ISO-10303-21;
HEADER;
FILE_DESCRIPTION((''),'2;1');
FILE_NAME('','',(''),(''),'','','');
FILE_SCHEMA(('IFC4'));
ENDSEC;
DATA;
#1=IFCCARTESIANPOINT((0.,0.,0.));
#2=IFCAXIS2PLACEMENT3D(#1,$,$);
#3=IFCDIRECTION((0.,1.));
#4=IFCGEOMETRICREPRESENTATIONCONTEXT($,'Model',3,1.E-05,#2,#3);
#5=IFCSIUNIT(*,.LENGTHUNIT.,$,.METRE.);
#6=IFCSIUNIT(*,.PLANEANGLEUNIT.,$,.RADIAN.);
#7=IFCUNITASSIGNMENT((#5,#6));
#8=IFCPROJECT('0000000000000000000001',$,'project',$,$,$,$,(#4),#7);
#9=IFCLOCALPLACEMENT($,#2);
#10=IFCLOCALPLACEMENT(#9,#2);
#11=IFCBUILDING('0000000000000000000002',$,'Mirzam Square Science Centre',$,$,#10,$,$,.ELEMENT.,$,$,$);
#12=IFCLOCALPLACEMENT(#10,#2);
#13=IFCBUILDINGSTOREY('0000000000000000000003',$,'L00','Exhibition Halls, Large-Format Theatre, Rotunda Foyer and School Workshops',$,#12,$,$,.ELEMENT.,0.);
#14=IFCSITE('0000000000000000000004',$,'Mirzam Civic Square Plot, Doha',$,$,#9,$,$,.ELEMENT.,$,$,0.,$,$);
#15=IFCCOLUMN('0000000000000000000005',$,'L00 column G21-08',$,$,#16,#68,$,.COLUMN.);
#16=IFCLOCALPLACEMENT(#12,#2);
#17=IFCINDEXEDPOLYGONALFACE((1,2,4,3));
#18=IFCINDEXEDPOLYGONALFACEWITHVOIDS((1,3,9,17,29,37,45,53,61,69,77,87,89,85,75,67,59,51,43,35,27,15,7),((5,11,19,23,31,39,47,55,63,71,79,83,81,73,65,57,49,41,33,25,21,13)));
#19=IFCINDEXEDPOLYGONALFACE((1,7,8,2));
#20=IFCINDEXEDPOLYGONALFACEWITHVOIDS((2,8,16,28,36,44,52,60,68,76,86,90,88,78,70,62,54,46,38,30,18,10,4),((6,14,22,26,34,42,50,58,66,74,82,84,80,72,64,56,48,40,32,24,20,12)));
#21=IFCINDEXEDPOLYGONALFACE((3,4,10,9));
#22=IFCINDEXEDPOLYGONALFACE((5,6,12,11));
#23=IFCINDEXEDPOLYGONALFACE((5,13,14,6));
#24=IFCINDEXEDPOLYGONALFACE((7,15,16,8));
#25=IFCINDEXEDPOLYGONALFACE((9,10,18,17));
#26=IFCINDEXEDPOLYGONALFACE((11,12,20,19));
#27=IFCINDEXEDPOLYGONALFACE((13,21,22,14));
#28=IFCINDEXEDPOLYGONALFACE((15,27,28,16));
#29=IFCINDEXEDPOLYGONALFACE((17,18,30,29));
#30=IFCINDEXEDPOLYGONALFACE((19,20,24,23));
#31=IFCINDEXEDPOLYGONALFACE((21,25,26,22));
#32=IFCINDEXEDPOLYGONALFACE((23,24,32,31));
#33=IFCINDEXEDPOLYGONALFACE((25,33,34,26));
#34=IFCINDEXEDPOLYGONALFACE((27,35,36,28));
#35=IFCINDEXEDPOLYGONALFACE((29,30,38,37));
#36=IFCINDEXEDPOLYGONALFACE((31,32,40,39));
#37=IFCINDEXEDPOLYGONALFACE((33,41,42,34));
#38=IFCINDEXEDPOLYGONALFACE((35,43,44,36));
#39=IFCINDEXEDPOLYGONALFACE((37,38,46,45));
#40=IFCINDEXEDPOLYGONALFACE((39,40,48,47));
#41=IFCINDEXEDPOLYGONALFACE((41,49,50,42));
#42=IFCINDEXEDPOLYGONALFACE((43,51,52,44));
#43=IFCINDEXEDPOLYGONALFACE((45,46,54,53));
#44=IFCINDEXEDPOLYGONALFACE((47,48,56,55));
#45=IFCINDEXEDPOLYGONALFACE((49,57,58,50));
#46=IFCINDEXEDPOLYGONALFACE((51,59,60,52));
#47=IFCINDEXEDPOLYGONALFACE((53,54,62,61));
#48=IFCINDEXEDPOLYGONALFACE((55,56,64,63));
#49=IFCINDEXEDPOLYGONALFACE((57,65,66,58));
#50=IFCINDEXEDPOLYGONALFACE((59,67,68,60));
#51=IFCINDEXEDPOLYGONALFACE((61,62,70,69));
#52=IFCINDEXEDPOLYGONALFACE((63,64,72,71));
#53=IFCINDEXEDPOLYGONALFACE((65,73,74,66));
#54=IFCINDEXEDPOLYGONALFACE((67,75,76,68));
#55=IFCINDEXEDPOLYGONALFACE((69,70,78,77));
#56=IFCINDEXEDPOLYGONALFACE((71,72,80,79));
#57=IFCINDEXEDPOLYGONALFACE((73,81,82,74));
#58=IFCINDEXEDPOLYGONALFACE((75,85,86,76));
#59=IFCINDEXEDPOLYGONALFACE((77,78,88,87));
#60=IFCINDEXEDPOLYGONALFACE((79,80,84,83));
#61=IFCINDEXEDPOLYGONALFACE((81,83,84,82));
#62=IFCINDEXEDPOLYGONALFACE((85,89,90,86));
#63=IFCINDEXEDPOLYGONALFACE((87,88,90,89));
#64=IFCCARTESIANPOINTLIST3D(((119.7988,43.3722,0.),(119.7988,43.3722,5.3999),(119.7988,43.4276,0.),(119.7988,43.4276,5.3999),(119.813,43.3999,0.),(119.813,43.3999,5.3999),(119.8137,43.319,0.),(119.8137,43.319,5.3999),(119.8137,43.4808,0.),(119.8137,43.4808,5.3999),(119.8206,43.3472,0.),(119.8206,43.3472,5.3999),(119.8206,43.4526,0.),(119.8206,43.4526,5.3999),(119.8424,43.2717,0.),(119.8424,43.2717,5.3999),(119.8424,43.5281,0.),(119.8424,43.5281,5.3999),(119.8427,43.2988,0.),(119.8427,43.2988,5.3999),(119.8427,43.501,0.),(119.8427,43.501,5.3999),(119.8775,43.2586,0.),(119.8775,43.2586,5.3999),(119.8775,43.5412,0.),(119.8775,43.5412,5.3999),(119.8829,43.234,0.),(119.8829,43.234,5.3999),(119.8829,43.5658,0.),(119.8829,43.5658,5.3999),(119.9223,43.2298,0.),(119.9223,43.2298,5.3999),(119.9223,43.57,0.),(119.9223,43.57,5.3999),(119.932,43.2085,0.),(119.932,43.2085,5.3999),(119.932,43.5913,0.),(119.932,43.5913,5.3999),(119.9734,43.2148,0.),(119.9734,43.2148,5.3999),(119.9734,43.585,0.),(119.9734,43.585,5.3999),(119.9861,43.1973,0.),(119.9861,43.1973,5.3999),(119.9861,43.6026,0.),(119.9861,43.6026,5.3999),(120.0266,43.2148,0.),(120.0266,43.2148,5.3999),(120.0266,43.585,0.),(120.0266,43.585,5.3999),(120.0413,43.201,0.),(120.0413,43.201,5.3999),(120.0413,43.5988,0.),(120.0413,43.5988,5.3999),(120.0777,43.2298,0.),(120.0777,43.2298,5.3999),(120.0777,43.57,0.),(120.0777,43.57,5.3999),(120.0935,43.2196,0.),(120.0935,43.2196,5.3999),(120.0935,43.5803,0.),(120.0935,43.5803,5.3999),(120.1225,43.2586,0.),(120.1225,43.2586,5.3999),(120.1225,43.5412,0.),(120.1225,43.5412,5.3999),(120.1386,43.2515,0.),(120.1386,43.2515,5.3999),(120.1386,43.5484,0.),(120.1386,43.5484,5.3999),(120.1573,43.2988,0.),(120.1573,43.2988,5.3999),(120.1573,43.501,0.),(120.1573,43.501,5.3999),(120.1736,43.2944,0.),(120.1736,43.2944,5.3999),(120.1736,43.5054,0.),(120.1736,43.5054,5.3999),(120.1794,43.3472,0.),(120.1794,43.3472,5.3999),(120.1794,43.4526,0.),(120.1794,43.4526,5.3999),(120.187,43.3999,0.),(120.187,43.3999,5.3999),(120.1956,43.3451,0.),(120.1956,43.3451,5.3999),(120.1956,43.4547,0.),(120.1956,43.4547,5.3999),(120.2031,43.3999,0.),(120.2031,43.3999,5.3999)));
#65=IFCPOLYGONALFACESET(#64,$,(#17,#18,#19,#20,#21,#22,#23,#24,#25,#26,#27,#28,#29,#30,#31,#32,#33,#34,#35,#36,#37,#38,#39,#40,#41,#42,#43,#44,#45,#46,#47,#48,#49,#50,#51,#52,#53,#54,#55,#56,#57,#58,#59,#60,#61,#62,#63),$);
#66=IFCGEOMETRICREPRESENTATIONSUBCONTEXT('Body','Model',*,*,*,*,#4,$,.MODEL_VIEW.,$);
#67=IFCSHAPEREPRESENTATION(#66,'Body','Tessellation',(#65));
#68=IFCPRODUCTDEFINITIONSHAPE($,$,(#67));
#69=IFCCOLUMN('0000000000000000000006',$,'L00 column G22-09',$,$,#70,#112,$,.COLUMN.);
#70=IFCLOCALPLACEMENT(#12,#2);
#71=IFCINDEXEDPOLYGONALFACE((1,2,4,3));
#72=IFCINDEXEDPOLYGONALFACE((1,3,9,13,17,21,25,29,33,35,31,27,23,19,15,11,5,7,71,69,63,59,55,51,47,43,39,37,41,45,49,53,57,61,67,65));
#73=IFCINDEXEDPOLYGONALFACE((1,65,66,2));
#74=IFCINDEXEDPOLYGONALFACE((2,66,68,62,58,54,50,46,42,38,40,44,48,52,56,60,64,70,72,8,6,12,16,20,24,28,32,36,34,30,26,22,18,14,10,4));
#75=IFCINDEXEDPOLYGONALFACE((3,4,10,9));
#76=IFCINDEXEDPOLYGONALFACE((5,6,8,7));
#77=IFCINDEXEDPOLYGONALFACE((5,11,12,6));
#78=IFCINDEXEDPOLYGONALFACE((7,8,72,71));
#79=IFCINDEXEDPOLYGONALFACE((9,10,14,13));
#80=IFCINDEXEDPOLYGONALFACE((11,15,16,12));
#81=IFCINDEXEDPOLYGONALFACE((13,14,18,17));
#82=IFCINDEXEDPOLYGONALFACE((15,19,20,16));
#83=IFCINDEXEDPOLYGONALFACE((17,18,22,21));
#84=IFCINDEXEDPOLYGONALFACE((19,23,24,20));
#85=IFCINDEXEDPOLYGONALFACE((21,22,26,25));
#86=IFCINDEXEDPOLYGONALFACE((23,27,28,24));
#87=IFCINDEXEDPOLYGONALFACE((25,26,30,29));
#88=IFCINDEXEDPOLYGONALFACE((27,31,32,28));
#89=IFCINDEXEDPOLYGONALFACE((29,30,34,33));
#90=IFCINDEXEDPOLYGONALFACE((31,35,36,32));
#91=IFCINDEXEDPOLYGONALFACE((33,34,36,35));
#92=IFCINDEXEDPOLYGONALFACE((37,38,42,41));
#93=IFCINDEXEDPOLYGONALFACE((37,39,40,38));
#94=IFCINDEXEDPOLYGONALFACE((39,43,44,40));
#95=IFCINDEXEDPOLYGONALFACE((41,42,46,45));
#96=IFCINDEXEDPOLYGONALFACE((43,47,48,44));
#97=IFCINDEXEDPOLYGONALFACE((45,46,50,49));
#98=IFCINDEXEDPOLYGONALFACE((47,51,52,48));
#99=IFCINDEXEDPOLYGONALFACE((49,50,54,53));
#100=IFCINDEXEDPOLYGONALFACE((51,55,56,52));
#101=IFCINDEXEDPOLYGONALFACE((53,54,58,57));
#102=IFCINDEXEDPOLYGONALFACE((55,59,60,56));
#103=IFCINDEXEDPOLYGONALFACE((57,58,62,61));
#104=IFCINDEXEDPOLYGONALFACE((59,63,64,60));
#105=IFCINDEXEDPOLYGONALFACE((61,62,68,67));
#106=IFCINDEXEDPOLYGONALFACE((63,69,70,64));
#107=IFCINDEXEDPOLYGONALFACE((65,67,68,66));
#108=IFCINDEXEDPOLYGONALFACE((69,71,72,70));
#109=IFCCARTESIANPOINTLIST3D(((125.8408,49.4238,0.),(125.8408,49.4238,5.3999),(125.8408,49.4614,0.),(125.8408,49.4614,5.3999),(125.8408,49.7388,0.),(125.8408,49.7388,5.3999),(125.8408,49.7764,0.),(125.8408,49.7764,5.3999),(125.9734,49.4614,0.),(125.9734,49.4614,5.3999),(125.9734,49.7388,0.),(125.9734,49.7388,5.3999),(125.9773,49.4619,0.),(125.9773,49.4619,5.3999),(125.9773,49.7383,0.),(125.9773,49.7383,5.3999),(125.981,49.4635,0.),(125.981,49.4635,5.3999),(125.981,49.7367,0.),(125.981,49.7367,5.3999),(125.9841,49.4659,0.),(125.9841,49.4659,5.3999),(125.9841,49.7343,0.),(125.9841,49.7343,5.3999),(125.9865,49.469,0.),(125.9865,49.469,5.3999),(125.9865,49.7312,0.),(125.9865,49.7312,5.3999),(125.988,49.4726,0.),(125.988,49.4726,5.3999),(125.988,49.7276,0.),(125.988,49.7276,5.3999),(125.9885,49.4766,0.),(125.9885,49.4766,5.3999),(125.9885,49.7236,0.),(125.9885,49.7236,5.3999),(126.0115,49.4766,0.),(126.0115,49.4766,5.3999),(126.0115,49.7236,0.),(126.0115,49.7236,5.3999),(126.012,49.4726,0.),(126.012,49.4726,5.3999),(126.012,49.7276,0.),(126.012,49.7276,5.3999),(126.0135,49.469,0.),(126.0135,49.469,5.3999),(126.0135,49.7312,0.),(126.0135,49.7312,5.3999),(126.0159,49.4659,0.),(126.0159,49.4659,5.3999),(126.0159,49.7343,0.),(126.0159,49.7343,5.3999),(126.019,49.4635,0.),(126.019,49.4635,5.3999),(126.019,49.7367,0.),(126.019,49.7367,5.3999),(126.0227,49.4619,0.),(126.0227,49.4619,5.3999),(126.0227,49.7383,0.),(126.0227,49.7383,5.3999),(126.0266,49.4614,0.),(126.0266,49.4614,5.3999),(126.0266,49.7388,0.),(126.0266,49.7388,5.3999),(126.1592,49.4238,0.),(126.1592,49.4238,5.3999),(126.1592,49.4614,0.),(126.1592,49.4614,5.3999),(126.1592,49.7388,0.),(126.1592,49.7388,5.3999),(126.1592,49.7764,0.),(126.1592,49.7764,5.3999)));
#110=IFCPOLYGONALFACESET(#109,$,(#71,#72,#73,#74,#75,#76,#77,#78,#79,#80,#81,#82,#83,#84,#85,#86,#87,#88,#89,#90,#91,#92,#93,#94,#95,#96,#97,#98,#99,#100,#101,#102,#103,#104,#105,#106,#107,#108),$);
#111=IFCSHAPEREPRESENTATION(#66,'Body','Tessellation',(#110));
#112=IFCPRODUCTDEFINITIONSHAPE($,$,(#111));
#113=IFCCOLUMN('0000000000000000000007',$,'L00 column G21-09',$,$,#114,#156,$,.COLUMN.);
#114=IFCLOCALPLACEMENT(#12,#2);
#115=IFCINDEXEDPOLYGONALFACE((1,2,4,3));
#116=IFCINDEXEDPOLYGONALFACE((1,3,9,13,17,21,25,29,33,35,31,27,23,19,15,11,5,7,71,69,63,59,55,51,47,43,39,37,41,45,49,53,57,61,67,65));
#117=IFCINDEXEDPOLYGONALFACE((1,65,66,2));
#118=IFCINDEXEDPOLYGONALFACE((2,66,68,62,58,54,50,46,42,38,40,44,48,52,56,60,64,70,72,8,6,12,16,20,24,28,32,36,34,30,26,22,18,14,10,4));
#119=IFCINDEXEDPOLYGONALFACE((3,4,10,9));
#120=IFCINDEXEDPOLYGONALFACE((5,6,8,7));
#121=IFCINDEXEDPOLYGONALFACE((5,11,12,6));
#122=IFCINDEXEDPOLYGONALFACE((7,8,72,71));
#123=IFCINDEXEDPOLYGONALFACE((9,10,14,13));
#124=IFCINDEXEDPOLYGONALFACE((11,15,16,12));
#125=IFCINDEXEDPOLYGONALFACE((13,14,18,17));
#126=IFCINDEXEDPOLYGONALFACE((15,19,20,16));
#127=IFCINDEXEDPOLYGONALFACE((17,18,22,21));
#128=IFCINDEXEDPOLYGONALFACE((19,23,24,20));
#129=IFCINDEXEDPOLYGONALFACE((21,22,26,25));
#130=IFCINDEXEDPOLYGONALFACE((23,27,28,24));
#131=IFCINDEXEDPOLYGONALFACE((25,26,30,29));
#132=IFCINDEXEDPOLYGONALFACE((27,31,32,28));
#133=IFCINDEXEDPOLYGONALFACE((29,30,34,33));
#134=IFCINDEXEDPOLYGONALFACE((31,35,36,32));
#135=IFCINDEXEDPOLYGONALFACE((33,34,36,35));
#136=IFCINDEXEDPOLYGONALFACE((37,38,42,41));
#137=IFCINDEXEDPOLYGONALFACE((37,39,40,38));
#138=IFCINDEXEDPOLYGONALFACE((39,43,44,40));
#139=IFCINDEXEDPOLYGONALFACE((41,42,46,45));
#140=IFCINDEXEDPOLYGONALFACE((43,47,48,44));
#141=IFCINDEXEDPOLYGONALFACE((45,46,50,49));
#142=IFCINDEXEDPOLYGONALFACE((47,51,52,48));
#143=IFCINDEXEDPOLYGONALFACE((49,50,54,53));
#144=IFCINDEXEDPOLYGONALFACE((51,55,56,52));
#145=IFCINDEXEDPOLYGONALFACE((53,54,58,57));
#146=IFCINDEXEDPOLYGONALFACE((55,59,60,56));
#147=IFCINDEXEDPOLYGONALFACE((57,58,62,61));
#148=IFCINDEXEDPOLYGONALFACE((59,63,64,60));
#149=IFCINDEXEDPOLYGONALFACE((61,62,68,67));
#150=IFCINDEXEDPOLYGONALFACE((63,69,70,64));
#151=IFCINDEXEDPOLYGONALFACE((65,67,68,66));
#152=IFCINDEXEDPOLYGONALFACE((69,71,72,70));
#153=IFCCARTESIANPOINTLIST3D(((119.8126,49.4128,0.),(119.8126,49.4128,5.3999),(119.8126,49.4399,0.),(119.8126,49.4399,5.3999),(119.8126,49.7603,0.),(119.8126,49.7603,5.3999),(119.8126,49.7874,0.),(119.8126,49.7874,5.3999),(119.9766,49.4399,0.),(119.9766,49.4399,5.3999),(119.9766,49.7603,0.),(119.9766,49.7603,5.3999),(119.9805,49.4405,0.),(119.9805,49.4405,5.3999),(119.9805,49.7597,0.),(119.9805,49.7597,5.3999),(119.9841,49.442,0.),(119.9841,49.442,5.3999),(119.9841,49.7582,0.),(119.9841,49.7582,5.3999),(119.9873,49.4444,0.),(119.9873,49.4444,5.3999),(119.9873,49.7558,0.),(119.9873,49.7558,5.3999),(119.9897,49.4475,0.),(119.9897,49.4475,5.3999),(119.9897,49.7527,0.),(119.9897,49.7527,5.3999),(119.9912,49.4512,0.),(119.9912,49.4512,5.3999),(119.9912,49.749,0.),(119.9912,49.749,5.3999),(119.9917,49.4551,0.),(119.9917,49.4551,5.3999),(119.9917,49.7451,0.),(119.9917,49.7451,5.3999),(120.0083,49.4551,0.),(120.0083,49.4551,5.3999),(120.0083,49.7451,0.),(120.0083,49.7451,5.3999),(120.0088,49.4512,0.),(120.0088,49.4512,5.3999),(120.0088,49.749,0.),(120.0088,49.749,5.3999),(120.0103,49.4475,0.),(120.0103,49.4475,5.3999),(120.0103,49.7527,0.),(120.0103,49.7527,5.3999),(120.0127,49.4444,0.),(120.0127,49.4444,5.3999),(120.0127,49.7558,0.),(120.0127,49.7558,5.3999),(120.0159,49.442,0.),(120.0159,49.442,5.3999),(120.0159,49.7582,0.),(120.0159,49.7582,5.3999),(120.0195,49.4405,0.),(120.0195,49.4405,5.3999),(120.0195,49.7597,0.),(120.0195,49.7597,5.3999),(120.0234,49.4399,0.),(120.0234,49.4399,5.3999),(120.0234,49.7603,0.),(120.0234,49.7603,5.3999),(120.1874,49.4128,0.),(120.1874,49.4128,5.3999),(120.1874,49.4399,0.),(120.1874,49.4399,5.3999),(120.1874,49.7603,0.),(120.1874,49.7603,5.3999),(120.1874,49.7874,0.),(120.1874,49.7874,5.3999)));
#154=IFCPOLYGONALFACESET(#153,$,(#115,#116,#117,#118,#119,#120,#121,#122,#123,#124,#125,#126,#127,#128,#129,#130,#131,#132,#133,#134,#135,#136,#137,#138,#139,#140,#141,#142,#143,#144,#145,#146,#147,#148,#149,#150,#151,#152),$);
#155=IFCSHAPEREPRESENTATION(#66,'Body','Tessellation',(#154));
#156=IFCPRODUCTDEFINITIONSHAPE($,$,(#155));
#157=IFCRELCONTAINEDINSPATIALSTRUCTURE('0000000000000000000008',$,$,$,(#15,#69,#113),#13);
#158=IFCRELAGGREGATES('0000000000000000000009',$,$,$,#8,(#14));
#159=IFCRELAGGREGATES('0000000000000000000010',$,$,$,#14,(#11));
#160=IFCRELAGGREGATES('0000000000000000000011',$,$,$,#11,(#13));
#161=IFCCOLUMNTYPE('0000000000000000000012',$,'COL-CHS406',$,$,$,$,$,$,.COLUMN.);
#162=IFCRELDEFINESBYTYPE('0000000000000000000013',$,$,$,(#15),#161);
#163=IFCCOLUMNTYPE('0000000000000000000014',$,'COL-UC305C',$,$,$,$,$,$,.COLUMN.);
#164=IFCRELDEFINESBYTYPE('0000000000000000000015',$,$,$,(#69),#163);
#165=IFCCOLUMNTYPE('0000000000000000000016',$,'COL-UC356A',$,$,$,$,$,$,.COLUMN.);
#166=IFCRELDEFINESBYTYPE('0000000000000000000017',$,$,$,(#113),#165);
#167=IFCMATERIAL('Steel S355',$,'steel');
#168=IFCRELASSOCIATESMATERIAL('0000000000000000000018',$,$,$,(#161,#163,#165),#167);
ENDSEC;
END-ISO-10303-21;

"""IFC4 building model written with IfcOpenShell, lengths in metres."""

from ifc_helpers import new_model, si_unit, direction, frame, origin, origin_2d, place, context, subcontext, project, spatial, hollow_circle, i_section, extrude, material, material_profile, profile_set, type_object, element, save


model = new_model("IFC4")

# Units and contexts
model_context = context("Model", 3, precision=1e-05, world=origin(), true_north=direction((0.0, 1.0)))
body_context = subcontext(model_context, "Body", "Model", "MODEL_VIEW")
ifc_project = project(units=[si_unit("LENGTHUNIT", "METRE"), si_unit("PLANEANGLEUNIT", "RADIAN")], contexts=[model_context])

# Site, building, storey
site_placement = place(None, origin())
site = spatial("IfcSite", under=ifc_project, at=site_placement, Name="Mirzam Civic Square Plot, Doha", CompositionType="ELEMENT", RefElevation=0.0)
building_placement = place(site_placement, origin())
building = spatial("IfcBuilding", under=site, at=building_placement, Name="Mirzam Square Science Centre", CompositionType="ELEMENT")
storey_placement = place(building_placement, origin())
storey = spatial("IfcBuildingStorey", under=building, at=storey_placement, Name="L00", Description="Exhibition Halls, Large-Format Theatre, Rotunda Foyer and School Workshops", CompositionType="ELEMENT", Elevation=0.0)

# Columns
ifc_material_1 = material(Name="Steel S355", Category="steel")
ifc_material_profile_1 = material_profile(ifc_material_1, hollow_circle(Radius=0.2031, WallThickness=0.0161, at=origin_2d()), Name="406.4x16.0CHS")
ifc_profile_set_1 = profile_set([ifc_material_profile_1], Name="Steel S355")
column_type_1 = type_object("IfcColumnType", Name="COL-CHS406", PredefinedType="COLUMN", material=ifc_profile_set_1)
column_1_placement = place(storey_placement, frame((120.0, 43.3999, 0.0), z_axis=(0.0, 0.0, 1.0), x_axis=(1.0, 0.0, 0.0)))
element("IfcColumn", 1, at=column_1_placement, inside=storey, type_object=column_type_1, Name="L00 column G21-08", PredefinedType="COLUMN", context=body_context, shape_type="SweptSolid", body=[
    extrude(hollow_circle(Radius=0.2031, WallThickness=0.0161, at=origin_2d()), origin(), (0.0, 0.0, 1.0), 5.3999),
])
ifc_material_profile_2 = material_profile(ifc_material_1, i_section(OverallWidth=0.3184, OverallDepth=0.3525, WebThickness=0.0229, FlangeThickness=0.0376, FilletRadius=0.0151, at=origin_2d()), Name="305x305x240UC")
ifc_profile_set_2 = profile_set([ifc_material_profile_2], Name="Steel S355")
column_type_2 = type_object("IfcColumnType", Name="COL-UC305C", PredefinedType="COLUMN", material=ifc_profile_set_2)
column_2_placement = place(storey_placement, frame((126.0, 49.6001, 0.0), z_axis=(0.0, 0.0, 1.0), x_axis=(1.0, 0.0, 0.0)))
element("IfcColumn", 2, at=column_2_placement, inside=storey, type_object=column_type_2, Name="L00 column G22-09", PredefinedType="COLUMN", context=body_context, shape_type="SweptSolid", body=[
    extrude(i_section(OverallWidth=0.3184, OverallDepth=0.3525, WebThickness=0.0229, FlangeThickness=0.0376, FilletRadius=0.0151, at=origin_2d()), origin(), (0.0, 0.0, 1.0), 5.3999),
])
ifc_material_profile_3 = material_profile(ifc_material_1, i_section(OverallWidth=0.3748, OverallDepth=0.3745, WebThickness=0.0166, FlangeThickness=0.0271, FilletRadius=0.0151, at=origin_2d()), Name="356x368x202UC")
ifc_profile_set_3 = profile_set([ifc_material_profile_3], Name="Steel S355")
column_type_3 = type_object("IfcColumnType", Name="COL-UC356A", PredefinedType="COLUMN", material=ifc_profile_set_3)
for number, where, z_axis, x_axis, name in (
    (3, (120.0, 49.6001, 0.0), (0.0, 0.0, 1.0), (1.0, 0.0, 0.0), "L00 column G21-09"),
):
    element("IfcColumn", number, at=place(storey_placement, frame(where, z_axis=z_axis, x_axis=x_axis)), inside=storey, type_object=column_type_3, Name=name, PredefinedType="COLUMN", context=body_context, shape_type="SweptSolid", body=[
        extrude(i_section(OverallWidth=0.3748, OverallDepth=0.3745, WebThickness=0.0166, FlangeThickness=0.0271, FilletRadius=0.0151, at=origin_2d()), origin(), (0.0, 0.0, 1.0), 5.3999),
    ])

save(model, "model.ifc")
